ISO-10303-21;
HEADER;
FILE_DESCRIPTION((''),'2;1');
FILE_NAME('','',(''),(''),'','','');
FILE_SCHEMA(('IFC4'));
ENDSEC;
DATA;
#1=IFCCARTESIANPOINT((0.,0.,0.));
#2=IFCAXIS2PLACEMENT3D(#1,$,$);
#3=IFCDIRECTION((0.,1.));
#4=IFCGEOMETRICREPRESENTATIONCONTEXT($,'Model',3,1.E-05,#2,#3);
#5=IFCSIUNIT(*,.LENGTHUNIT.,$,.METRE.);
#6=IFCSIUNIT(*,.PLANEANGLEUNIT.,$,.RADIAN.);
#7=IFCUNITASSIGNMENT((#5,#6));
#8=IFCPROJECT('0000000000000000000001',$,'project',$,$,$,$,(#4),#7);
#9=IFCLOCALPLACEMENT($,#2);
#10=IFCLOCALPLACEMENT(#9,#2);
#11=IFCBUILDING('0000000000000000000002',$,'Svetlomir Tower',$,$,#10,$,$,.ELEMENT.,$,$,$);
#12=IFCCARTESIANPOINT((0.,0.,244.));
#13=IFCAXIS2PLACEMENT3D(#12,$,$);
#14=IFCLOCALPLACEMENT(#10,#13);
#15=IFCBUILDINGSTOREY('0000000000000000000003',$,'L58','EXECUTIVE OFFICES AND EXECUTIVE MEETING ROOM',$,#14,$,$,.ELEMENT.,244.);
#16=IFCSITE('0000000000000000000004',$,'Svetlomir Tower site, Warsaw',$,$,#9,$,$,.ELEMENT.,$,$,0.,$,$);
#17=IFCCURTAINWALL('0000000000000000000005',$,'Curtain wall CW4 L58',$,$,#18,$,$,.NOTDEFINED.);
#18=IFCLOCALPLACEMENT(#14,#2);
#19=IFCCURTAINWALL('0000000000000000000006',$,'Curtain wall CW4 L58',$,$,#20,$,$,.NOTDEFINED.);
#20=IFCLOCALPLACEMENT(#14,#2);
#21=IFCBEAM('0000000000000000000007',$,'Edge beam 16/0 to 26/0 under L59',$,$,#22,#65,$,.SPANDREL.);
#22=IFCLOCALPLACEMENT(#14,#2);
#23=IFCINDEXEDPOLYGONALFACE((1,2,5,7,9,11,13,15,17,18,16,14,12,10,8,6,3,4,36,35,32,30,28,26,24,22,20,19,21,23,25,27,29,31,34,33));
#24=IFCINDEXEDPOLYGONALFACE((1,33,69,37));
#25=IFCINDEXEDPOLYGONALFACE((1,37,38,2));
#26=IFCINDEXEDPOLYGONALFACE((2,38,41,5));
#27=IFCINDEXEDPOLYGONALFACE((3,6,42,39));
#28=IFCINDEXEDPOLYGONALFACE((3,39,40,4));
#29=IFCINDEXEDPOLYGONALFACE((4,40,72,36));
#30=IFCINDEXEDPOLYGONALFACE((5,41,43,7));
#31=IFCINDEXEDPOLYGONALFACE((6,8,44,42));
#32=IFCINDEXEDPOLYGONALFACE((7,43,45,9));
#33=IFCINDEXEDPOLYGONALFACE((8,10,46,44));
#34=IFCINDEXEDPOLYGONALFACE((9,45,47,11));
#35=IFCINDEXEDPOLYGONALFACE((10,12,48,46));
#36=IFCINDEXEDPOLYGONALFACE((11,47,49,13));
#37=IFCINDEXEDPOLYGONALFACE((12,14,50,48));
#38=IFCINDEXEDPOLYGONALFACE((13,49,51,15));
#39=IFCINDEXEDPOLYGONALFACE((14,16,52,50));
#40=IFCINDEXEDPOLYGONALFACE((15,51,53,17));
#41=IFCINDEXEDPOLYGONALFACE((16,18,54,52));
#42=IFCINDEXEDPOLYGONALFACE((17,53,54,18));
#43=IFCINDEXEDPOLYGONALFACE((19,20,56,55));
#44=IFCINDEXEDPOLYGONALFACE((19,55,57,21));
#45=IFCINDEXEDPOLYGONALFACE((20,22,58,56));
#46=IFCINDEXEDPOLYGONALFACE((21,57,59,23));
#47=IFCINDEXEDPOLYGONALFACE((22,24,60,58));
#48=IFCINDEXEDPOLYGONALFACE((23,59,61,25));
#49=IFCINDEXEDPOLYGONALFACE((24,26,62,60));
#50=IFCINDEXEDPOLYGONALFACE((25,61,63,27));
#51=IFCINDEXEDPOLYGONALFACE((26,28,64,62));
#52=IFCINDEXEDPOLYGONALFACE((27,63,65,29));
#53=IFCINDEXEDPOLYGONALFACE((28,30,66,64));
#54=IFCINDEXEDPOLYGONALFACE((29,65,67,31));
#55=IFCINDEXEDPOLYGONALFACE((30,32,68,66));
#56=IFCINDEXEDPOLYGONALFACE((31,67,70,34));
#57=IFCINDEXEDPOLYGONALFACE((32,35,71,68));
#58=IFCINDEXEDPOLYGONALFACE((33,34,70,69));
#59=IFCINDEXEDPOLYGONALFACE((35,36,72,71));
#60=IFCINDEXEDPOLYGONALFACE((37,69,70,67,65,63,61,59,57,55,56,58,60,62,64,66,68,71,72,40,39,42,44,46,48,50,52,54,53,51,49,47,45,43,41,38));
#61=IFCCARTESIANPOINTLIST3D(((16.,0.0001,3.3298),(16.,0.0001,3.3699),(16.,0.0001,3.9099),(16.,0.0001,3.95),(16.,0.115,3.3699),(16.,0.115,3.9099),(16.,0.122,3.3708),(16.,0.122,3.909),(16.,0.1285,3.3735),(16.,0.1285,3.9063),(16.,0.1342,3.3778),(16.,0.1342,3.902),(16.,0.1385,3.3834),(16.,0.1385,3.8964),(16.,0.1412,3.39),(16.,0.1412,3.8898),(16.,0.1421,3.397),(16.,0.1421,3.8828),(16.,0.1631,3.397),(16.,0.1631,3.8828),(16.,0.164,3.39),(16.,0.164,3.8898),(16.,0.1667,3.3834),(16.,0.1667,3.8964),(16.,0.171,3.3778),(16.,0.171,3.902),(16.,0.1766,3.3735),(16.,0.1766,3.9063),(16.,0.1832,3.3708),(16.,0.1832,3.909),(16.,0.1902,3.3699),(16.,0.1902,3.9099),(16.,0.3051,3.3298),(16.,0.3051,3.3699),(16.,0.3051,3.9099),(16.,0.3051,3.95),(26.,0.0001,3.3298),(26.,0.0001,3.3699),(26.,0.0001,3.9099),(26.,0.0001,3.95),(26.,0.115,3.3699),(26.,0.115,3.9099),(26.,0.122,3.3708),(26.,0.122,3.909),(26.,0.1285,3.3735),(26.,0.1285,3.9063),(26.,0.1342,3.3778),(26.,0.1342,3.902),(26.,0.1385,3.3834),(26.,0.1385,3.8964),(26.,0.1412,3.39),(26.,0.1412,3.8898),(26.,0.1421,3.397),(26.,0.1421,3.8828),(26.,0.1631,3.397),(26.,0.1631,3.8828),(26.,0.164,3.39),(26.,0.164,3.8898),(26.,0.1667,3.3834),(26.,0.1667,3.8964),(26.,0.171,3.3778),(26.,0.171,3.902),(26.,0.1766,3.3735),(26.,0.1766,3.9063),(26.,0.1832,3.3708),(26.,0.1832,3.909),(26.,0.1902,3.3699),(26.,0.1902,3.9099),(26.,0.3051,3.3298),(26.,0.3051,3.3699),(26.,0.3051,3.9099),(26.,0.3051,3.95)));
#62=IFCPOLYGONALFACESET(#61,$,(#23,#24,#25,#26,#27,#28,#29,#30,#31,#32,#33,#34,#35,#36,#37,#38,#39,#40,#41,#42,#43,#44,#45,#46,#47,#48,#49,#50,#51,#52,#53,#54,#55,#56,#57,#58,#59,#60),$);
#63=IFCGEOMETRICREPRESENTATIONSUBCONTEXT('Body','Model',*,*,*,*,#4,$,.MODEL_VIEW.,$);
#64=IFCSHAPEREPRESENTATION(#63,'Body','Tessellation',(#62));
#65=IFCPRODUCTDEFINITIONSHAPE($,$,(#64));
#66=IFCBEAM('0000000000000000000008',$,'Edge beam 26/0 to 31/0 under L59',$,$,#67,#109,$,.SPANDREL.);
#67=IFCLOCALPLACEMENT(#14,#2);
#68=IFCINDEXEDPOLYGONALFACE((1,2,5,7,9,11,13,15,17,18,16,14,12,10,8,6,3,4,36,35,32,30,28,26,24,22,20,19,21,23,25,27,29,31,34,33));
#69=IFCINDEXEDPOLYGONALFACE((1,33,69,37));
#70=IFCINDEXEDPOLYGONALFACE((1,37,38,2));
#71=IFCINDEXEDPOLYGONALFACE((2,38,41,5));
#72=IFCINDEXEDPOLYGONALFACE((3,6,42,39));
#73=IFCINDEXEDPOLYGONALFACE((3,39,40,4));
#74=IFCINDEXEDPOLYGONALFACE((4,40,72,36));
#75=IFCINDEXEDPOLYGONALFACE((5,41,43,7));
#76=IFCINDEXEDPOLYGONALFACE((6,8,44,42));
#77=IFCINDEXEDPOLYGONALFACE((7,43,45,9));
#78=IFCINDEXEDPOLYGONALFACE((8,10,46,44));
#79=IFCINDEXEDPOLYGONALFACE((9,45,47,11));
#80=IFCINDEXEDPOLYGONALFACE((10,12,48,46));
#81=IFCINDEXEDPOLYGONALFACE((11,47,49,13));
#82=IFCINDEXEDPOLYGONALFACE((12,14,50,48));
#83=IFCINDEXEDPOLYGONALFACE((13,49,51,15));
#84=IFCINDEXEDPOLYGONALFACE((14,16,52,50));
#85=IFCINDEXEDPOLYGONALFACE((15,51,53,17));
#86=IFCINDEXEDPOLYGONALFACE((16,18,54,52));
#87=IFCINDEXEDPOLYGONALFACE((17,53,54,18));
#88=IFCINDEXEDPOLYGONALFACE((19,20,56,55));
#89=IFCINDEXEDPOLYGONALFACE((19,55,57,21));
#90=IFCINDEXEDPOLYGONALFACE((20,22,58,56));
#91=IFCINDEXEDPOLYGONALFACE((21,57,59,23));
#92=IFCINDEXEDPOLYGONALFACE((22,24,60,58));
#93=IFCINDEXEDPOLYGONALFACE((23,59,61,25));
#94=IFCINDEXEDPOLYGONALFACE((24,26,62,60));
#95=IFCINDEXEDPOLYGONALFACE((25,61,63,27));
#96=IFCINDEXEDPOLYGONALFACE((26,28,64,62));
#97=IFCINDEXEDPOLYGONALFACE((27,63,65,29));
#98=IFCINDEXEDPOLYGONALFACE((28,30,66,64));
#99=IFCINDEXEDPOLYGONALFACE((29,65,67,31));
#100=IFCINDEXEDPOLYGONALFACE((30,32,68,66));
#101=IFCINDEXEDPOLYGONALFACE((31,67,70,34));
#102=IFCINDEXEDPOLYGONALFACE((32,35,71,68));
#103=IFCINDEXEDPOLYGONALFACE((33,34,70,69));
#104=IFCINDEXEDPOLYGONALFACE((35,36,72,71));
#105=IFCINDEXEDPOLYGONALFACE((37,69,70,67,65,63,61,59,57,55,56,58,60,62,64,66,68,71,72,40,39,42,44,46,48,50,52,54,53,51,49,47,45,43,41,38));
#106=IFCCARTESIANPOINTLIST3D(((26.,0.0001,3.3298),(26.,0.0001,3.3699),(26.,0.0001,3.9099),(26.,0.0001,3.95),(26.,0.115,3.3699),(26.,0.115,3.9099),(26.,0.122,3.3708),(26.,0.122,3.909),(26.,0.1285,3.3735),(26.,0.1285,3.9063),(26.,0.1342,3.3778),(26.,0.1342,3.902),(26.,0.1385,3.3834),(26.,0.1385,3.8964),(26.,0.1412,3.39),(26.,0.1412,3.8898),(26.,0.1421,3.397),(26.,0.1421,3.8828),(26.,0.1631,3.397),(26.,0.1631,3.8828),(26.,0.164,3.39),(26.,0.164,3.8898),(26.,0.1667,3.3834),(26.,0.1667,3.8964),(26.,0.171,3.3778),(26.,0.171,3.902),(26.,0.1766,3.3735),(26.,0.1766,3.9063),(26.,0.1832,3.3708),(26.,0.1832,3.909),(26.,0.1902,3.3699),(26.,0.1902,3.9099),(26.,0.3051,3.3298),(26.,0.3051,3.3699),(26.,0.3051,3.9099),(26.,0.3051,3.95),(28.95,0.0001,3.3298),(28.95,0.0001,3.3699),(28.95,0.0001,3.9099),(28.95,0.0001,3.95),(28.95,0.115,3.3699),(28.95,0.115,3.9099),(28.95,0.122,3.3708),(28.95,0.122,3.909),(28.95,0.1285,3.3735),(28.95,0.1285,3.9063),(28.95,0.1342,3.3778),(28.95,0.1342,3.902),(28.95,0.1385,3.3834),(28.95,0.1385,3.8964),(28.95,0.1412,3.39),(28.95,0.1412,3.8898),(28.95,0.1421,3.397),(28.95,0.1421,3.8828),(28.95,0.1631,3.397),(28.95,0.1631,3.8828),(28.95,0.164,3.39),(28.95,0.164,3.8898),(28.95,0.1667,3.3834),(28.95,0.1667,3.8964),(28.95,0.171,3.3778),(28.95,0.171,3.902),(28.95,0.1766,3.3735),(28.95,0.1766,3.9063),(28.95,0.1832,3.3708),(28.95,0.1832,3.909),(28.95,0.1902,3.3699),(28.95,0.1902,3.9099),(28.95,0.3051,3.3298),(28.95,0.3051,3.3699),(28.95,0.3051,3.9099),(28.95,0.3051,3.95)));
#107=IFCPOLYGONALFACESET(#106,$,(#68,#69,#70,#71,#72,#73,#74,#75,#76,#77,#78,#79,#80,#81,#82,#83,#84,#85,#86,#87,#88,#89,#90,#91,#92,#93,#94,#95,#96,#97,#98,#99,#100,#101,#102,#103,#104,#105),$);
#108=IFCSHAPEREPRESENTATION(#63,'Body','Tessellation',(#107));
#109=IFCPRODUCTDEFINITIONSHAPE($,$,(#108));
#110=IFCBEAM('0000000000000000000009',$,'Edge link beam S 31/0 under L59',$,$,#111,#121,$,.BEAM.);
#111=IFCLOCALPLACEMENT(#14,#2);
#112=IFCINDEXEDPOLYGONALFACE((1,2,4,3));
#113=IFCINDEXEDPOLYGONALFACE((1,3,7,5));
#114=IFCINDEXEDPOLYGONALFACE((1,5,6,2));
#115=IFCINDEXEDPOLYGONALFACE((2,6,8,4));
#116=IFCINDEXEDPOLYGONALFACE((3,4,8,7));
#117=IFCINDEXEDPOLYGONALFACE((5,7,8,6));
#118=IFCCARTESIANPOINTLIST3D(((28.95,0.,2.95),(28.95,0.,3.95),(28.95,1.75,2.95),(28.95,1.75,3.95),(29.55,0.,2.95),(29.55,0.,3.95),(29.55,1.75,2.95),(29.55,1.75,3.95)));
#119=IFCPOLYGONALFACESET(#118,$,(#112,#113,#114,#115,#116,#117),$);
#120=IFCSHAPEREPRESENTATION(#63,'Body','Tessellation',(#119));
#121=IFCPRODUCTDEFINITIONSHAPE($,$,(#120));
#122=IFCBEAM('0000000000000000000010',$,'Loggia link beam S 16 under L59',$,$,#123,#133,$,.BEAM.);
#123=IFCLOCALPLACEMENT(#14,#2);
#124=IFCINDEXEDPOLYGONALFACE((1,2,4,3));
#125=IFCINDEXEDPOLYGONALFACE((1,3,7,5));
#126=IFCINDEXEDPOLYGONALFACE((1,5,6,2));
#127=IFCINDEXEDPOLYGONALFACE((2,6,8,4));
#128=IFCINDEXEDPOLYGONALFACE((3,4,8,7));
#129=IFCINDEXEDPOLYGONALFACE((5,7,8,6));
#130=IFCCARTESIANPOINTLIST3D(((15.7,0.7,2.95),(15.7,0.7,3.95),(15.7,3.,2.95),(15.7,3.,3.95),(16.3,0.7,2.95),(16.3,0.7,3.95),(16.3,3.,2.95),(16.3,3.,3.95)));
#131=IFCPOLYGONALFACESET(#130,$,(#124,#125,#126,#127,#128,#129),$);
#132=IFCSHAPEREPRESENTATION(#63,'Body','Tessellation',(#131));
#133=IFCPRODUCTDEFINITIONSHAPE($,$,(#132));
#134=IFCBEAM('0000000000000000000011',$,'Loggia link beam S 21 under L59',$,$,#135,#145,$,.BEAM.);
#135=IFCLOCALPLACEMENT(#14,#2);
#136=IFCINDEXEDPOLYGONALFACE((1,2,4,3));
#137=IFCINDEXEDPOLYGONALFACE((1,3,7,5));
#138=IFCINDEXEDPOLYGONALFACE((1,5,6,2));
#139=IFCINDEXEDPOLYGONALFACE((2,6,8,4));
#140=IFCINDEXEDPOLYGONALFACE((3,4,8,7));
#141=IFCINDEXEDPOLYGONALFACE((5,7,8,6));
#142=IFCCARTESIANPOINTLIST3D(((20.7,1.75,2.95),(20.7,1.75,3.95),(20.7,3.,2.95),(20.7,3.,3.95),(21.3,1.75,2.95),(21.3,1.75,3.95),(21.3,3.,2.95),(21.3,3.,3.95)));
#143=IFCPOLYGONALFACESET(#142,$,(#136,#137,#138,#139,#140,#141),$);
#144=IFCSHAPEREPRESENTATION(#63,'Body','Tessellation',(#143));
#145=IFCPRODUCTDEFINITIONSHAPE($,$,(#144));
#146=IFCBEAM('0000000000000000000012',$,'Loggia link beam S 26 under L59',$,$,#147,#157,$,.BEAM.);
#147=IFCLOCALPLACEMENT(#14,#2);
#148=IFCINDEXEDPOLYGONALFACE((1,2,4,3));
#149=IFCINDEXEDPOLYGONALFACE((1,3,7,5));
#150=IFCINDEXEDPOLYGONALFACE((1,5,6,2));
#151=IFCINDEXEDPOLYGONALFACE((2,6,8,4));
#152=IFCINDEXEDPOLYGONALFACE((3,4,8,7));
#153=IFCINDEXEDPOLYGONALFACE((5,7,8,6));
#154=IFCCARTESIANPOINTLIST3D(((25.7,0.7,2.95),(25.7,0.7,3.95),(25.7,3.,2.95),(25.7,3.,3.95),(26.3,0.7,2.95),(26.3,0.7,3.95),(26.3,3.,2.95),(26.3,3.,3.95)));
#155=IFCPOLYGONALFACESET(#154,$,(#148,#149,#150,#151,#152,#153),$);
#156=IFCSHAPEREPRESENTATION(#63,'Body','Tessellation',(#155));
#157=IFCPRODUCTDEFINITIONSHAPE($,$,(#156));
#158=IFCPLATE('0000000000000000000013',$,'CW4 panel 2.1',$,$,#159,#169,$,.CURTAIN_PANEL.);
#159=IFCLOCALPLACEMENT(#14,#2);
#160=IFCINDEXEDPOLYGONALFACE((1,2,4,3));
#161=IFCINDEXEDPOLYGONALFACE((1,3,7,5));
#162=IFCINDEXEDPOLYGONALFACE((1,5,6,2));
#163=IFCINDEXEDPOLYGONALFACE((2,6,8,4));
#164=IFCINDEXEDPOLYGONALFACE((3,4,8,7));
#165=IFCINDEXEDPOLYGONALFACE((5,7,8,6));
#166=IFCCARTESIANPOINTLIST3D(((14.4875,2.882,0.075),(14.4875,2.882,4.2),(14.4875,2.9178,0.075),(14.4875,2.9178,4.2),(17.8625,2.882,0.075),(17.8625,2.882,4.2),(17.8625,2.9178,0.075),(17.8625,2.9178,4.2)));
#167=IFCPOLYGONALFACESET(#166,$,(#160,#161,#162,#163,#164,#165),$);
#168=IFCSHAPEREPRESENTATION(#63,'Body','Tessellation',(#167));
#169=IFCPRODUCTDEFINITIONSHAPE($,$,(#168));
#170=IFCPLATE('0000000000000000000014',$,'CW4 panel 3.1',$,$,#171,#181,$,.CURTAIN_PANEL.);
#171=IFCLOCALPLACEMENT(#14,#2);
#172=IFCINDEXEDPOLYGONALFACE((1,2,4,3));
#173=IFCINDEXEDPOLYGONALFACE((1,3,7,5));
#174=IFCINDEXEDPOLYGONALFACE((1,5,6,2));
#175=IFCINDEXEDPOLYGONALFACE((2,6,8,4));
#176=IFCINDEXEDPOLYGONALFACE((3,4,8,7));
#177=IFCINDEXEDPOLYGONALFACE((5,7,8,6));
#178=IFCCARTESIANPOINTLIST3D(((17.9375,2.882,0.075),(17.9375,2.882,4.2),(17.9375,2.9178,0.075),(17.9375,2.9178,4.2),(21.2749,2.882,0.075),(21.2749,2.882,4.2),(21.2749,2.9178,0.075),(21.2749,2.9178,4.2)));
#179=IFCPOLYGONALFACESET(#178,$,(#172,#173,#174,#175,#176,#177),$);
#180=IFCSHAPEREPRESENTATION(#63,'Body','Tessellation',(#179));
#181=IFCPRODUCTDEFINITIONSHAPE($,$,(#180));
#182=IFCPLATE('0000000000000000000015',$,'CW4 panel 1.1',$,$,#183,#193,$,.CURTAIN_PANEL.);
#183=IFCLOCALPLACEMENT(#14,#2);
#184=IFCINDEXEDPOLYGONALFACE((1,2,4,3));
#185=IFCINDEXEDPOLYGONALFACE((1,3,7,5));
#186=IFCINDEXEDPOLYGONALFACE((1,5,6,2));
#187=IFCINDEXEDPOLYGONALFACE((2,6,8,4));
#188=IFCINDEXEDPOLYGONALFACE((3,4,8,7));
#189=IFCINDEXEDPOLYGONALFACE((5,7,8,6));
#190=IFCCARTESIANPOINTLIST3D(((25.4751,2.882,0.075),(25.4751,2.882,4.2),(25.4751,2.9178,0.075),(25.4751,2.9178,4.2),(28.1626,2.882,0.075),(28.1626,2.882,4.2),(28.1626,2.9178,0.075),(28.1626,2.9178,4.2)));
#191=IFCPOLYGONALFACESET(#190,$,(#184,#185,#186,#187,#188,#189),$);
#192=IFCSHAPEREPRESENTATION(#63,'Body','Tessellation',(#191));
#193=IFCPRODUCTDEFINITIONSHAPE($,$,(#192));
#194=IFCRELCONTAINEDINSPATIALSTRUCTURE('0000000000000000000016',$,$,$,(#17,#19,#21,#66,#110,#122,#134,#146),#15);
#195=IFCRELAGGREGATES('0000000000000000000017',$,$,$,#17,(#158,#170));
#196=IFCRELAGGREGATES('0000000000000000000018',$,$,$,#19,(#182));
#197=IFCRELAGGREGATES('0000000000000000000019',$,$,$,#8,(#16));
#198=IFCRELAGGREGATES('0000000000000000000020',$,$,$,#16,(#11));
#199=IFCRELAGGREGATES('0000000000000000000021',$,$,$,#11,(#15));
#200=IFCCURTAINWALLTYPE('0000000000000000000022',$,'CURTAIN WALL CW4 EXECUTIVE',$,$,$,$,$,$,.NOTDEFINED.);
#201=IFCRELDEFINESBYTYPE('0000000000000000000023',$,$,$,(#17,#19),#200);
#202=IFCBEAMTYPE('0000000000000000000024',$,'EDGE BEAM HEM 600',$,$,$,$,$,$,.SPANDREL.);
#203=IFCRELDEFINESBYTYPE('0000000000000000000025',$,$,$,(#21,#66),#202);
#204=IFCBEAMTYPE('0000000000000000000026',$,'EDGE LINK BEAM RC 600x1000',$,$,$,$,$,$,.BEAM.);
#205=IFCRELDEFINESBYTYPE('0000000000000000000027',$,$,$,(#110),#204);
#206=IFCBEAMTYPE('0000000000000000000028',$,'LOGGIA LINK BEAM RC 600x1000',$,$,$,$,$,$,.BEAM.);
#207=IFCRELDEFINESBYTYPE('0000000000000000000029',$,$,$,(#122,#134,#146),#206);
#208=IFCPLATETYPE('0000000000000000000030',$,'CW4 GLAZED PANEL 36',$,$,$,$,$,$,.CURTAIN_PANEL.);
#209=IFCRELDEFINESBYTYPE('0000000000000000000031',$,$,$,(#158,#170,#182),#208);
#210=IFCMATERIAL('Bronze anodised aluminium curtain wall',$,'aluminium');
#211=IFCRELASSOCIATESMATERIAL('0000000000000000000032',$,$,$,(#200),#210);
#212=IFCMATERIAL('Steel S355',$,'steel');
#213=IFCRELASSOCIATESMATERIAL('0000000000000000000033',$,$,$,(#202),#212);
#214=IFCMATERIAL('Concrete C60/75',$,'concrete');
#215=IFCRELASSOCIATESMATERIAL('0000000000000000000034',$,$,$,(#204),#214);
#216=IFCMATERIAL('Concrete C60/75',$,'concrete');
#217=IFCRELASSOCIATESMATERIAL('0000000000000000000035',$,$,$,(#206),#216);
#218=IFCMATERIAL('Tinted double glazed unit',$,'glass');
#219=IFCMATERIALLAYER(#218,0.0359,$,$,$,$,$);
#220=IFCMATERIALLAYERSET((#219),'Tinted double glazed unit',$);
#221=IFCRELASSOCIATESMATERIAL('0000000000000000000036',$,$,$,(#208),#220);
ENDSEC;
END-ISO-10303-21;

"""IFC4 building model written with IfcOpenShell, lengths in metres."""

from ifc_helpers import new_model, si_unit, direction, frame, origin, origin_2d, place, context, subcontext, project, spatial, rectangle, i_section, extrude, material, layer, layer_set, material_profile, profile_set, type_object, element, aggregate, save


model = new_model("IFC4")

# Units and contexts
model_context = context("Model", 3, precision=1e-05, world=origin(), true_north=direction((0.0, 1.0)))
body_context = subcontext(model_context, "Body", "Model", "MODEL_VIEW")
ifc_project = project(units=[si_unit("LENGTHUNIT", "METRE"), si_unit("PLANEANGLEUNIT", "RADIAN")], contexts=[model_context])

# Site, building, storey
site_placement = place(None, origin())
site = spatial("IfcSite", under=ifc_project, at=site_placement, Name="Svetlomir Tower site, Warsaw", CompositionType="ELEMENT", RefElevation=0.0)
building_placement = place(site_placement, origin())
building = spatial("IfcBuilding", under=site, at=building_placement, Name="Svetlomir Tower", CompositionType="ELEMENT")
storey_placement = place(building_placement, frame((0.0, 0.0, 244.0)))
storey = spatial("IfcBuildingStorey", under=building, at=storey_placement, Name="L58", Description="EXECUTIVE OFFICES AND EXECUTIVE MEETING ROOM", CompositionType="ELEMENT", Elevation=244.0)

# Curtain wall
ifc_material_1 = material(Name="Bronze anodised aluminium curtain wall", Category="aluminium")
curtain_wall_type = type_object("IfcCurtainWallType", Name="CURTAIN WALL CW4 EXECUTIVE", PredefinedType="NOTDEFINED", material=ifc_material_1)
curtain_wall_1_placement = place(storey_placement, origin())
curtain_wall_1 = element("IfcCurtainWall", 1, at=curtain_wall_1_placement, inside=storey, type_object=curtain_wall_type, Name="Curtain wall CW4 L58", PredefinedType="NOTDEFINED")

# Curtain wall
curtain_wall_2_placement = place(storey_placement, origin())
curtain_wall_2 = element("IfcCurtainWall", 2, at=curtain_wall_2_placement, inside=storey, type_object=curtain_wall_type, Name="Curtain wall CW4 L58", PredefinedType="NOTDEFINED")

# Beams
ifc_material_2 = material(Name="Steel S355", Category="steel")
ifc_material_profile_1 = material_profile(ifc_material_2, i_section(OverallWidth=0.3049, OverallDepth=0.6201, WebThickness=0.021, FlangeThickness=0.04, FilletRadius=0.0271, at=origin_2d()), Name="HEM 600")
ifc_profile_set_1 = profile_set([ifc_material_profile_1], Name="Steel S355")
beam_type_1 = type_object("IfcBeamType", Name="EDGE BEAM HEM 600", PredefinedType="SPANDREL", material=ifc_profile_set_1)
beam_1_placement = place(storey_placement, frame((16.0, 0.1526, 3.6399), z_axis=(1.0, 0.0, 0.0), x_axis=(0.0, 1.0, 0.0)))
element("IfcBeam", 3, at=beam_1_placement, inside=storey, type_object=beam_type_1, Name="Edge beam 16/0 to 26/0 under L59", PredefinedType="SPANDREL", context=body_context, shape_type="SweptSolid", body=[
    extrude(i_section(OverallWidth=0.3049, OverallDepth=0.6201, WebThickness=0.021, FlangeThickness=0.04, FilletRadius=0.0271, at=origin_2d()), origin(), (0.0, 0.0, 1.0), 10.0),
])
beam_2_placement = place(storey_placement, frame((26.0, 0.1526, 3.6399), z_axis=(1.0, 0.0, 0.0), x_axis=(0.0, 1.0, 0.0)))
element("IfcBeam", 4, at=beam_2_placement, inside=storey, type_object=beam_type_1, Name="Edge beam 26/0 to 31/0 under L59", PredefinedType="SPANDREL", context=body_context, shape_type="SweptSolid", body=[
    extrude(i_section(OverallWidth=0.3049, OverallDepth=0.6201, WebThickness=0.021, FlangeThickness=0.04, FilletRadius=0.0271, at=origin_2d()), origin(), (0.0, 0.0, 1.0), 2.95),
])
ifc_material_3 = material(Name="Concrete C60/75", Category="concrete")
ifc_material_profile_2 = material_profile(ifc_material_3, rectangle(XDim=0.6001, YDim=1.0, at=origin_2d()), Name="RC 600x1000")
ifc_profile_set_2 = profile_set([ifc_material_profile_2], Name="Concrete C60/75")
beam_type_2 = type_object("IfcBeamType", Name="EDGE LINK BEAM RC 600x1000", PredefinedType="BEAM", material=ifc_profile_set_2)
beam_3_placement = place(storey_placement, frame((29.25, 1.75, 3.45), z_axis=(0.0, -1.0, 0.0), x_axis=(1.0, 0.0, 0.0)))
element("IfcBeam", 5, at=beam_3_placement, inside=storey, type_object=beam_type_2, Name="Edge link beam S 31/0 under L59", PredefinedType="BEAM", context=body_context, shape_type="SweptSolid", body=[
    extrude(rectangle(XDim=0.6001, YDim=1.0, at=origin_2d()), origin(), (0.0, 0.0, 1.0), 1.75),
])
ifc_material_4 = material(Name="Concrete C60/75", Category="concrete")
ifc_material_profile_3 = material_profile(ifc_material_4, rectangle(XDim=0.6001, YDim=1.0, at=origin_2d()), Name="RC 600x1000")
ifc_profile_set_3 = profile_set([ifc_material_profile_3], Name="Concrete C60/75")
beam_type_3 = type_object("IfcBeamType", Name="LOGGIA LINK BEAM RC 600x1000", PredefinedType="BEAM", material=ifc_profile_set_3)
beam_4_placement = place(storey_placement, frame((16.0, 0.7, 3.45), z_axis=(0.0, 1.0, 0.0), x_axis=(-1.0, 0.0, 0.0)))
element("IfcBeam", 6, at=beam_4_placement, inside=storey, type_object=beam_type_3, Name="Loggia link beam S 16 under L59", PredefinedType="BEAM", context=body_context, shape_type="SweptSolid", body=[
    extrude(rectangle(XDim=0.6001, YDim=1.0, at=origin_2d()), origin(), (0.0, 0.0, 1.0), 2.3),
])
beam_5_placement = place(storey_placement, frame((21.0, 1.75, 3.45), z_axis=(0.0, 1.0, 0.0), x_axis=(-1.0, 0.0, 0.0)))
element("IfcBeam", 7, at=beam_5_placement, inside=storey, type_object=beam_type_3, Name="Loggia link beam S 21 under L59", PredefinedType="BEAM", context=body_context, shape_type="SweptSolid", body=[
    extrude(rectangle(XDim=0.6001, YDim=1.0, at=origin_2d()), origin(), (0.0, 0.0, 1.0), 1.25),
])
beam_6_placement = place(storey_placement, frame((26.0, 0.7, 3.45), z_axis=(0.0, 1.0, 0.0), x_axis=(-1.0, 0.0, 0.0)))
element("IfcBeam", 8, at=beam_6_placement, inside=storey, type_object=beam_type_3, Name="Loggia link beam S 26 under L59", PredefinedType="BEAM", context=body_context, shape_type="SweptSolid", body=[
    extrude(rectangle(XDim=0.6001, YDim=1.0, at=origin_2d()), origin(), (0.0, 0.0, 1.0), 2.3),
])

# Plates
ifc_material_5 = material(Name="Tinted double glazed unit", Category="glass")
ifc_layer_1 = layer(ifc_material_5, 0.0359)
ifc_layer_set_1 = layer_set([ifc_layer_1], Name="Tinted double glazed unit")
plate_type = type_object("IfcPlateType", Name="CW4 GLAZED PANEL 36", PredefinedType="CURTAIN_PANEL", material=ifc_layer_set_1)
plate_1_placement = place(storey_placement, frame((16.175, 2.8999, 0.075), z_axis=(0.0, 0.0, 1.0), x_axis=(1.0, 0.0, 0.0)))
plate_1 = element("IfcPlate", 9, at=plate_1_placement, type_object=plate_type, Name="CW4 panel 2.1", PredefinedType="CURTAIN_PANEL", context=body_context, shape_type="SweptSolid", body=[
    extrude(rectangle(XDim=3.375, YDim=0.0359, at=origin_2d()), origin(), (0.0, 0.0, 1.0), 4.125),
])
plate_2_placement = place(storey_placement, frame((19.6062, 2.8999, 0.075), z_axis=(0.0, 0.0, 1.0), x_axis=(1.0, 0.0, 0.0)))
plate_2 = element("IfcPlate", 10, at=plate_2_placement, type_object=plate_type, Name="CW4 panel 3.1", PredefinedType="CURTAIN_PANEL", context=body_context, shape_type="SweptSolid", body=[
    extrude(rectangle(XDim=3.3374, YDim=0.0359, at=origin_2d()), origin(), (0.0, 0.0, 1.0), 4.125),
])
aggregate(curtain_wall_1, [plate_1, plate_2])
plate_3_placement = place(storey_placement, frame((26.8188, 2.8999, 0.075), z_axis=(0.0, 0.0, 1.0), x_axis=(1.0, 0.0, 0.0)))
plate_3 = element("IfcPlate", 11, at=plate_3_placement, type_object=plate_type, Name="CW4 panel 1.1", PredefinedType="CURTAIN_PANEL", context=body_context, shape_type="SweptSolid", body=[
    extrude(rectangle(XDim=2.6875, YDim=0.0359, at=origin_2d()), origin(), (0.0, 0.0, 1.0), 4.125),
])
aggregate(curtain_wall_2, [plate_3])

save(model, "model.ifc")
